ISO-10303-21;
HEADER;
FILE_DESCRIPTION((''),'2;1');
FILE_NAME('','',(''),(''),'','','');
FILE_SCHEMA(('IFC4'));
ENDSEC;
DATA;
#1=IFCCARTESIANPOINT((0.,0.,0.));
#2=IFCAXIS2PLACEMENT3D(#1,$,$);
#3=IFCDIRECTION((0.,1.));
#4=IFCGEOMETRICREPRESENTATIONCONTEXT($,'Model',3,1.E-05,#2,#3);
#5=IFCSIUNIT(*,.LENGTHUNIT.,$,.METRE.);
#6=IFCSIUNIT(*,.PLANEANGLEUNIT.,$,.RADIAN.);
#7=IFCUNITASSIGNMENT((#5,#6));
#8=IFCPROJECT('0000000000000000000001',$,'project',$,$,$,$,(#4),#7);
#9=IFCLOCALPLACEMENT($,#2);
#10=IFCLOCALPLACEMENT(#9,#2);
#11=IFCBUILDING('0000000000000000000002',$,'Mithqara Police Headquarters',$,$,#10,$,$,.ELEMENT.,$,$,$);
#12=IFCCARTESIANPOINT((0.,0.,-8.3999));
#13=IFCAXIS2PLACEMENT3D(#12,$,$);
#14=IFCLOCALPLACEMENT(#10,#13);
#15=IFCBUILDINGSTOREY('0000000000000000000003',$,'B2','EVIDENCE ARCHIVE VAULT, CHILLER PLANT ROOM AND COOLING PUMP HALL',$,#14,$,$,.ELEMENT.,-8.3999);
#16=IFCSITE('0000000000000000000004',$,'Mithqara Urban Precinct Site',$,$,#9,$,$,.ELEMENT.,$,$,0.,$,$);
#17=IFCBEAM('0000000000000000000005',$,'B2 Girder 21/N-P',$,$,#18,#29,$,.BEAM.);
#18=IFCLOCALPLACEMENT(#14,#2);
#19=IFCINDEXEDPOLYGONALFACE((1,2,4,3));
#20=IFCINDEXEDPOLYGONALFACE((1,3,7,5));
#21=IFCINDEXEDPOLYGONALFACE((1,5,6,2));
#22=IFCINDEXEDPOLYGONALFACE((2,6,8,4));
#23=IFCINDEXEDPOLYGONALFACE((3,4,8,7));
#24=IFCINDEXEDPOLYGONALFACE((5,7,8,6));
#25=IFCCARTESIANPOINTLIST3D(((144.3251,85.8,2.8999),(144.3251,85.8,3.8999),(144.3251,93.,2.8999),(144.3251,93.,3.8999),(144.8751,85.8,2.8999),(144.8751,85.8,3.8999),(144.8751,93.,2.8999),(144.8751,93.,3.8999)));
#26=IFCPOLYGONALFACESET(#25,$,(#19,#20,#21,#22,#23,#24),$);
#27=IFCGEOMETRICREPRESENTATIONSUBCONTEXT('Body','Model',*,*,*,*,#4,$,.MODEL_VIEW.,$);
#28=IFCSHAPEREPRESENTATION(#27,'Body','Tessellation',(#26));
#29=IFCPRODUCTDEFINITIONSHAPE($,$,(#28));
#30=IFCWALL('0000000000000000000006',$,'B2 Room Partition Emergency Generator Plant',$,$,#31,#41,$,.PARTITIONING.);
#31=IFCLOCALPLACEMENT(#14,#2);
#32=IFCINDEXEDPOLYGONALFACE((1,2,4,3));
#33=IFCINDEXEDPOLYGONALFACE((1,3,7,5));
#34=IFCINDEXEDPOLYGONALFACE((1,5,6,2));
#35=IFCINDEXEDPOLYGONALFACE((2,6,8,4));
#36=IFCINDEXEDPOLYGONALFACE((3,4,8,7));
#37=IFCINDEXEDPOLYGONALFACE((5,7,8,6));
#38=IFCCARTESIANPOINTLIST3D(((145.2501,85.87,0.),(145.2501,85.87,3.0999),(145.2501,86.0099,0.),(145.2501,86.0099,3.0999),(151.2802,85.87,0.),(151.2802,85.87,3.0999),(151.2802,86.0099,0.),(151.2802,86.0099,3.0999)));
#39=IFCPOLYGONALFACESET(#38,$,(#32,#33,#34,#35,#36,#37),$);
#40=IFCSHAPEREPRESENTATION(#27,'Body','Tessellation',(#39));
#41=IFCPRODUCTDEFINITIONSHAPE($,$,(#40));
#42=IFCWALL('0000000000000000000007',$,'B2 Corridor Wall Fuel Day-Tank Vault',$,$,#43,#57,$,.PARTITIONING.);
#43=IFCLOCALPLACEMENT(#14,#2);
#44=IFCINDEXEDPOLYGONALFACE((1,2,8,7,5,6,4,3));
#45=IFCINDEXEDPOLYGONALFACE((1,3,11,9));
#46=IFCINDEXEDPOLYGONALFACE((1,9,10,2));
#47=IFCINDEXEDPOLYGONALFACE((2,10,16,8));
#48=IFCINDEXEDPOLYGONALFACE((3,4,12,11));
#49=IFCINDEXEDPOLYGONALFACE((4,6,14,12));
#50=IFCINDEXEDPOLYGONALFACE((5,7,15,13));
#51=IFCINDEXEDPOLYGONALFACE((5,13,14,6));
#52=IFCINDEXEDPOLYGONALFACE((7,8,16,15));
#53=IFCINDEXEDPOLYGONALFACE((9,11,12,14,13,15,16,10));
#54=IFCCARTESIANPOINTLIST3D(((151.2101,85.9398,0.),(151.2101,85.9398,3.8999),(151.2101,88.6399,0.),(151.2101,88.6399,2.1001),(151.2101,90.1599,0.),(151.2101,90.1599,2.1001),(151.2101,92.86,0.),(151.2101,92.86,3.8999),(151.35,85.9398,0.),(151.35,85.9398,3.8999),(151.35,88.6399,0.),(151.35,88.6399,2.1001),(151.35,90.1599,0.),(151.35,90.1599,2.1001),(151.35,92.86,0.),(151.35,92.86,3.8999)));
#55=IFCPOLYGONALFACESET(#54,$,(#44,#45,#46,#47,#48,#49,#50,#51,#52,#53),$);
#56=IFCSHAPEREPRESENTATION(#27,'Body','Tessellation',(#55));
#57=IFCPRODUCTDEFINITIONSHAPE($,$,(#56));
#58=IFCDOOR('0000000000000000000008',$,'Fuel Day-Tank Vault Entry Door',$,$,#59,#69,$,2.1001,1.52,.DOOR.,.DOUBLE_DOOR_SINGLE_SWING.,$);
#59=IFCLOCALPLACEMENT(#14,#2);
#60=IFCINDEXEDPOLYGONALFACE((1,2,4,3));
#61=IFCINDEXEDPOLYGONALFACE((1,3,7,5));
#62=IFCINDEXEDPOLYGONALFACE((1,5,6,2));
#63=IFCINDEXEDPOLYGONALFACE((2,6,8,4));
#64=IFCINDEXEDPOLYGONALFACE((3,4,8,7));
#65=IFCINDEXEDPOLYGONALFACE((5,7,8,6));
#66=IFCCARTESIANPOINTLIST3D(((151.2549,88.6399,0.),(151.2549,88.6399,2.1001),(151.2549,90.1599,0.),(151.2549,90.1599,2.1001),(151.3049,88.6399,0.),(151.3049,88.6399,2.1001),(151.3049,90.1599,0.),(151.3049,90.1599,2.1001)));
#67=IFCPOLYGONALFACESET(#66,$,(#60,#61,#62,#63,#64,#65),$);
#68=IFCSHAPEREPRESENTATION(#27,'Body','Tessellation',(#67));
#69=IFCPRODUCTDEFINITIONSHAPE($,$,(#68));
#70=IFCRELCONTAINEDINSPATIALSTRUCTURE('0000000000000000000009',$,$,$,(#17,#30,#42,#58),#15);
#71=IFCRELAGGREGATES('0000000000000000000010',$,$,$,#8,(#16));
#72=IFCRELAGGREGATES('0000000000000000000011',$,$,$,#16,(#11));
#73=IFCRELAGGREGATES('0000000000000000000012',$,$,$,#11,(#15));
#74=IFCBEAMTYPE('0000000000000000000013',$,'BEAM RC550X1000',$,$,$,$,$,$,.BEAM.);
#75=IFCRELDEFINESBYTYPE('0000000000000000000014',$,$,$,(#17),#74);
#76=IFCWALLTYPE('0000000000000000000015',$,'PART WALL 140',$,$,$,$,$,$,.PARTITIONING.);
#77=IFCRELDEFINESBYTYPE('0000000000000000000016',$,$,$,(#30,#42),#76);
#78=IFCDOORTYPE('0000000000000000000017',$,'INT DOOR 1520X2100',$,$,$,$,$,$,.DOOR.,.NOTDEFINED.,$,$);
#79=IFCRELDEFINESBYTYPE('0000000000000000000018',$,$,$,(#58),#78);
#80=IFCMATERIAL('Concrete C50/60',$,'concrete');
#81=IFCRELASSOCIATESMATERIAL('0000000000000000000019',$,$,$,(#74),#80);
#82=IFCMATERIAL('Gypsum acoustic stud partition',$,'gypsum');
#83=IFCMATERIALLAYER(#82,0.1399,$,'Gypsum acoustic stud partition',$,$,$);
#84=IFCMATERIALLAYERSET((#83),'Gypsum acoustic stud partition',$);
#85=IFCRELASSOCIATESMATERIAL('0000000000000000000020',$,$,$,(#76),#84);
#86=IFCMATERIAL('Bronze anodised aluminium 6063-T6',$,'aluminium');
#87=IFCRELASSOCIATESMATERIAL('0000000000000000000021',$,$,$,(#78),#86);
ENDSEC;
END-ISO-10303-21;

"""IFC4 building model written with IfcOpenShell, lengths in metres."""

from ifc_helpers import new_model, si_unit, direction, frame, frame_2d, origin, origin_2d, place, context, subcontext, project, spatial, rectangle, extrude, material, layer, layer_set, material_profile, profile_set, type_object, element, fill, save


model = new_model("IFC4")

# Units and contexts
model_context = context("Model", 3, precision=1e-05, world=origin(), true_north=direction((0.0, 1.0)))
body_context = subcontext(model_context, "Body", "Model", "MODEL_VIEW")
ifc_project = project(units=[si_unit("LENGTHUNIT", "METRE"), si_unit("PLANEANGLEUNIT", "RADIAN")], contexts=[model_context])

# Site, building, storey
site_placement = place(None, origin())
site = spatial("IfcSite", under=ifc_project, at=site_placement, Name="Mithqara Urban Precinct Site", CompositionType="ELEMENT", RefElevation=0.0)
building_placement = place(site_placement, origin())
building = spatial("IfcBuilding", under=site, at=building_placement, Name="Mithqara Police Headquarters", CompositionType="ELEMENT")
storey_placement = place(building_placement, frame((0.0, 0.0, -8.3999)))
storey = spatial("IfcBuildingStorey", under=building, at=storey_placement, Name="B2", Description="EVIDENCE ARCHIVE VAULT, CHILLER PLANT ROOM AND COOLING PUMP HALL", CompositionType="ELEMENT", Elevation=-8.3999)

# Shared definitions
ifc_material_1 = material(Name="Concrete C50/60", Category="concrete")

# Beam
ifc_material_profile_1 = material_profile(ifc_material_1, rectangle(XDim=0.55, YDim=1.0, at=origin_2d()), Name="RC 550x1000")
ifc_profile_set_1 = profile_set([ifc_material_profile_1], Name="Concrete C50/60")
beam_type_1 = type_object("IfcBeamType", Name="BEAM RC550X1000", PredefinedType="BEAM", material=ifc_profile_set_1)
beam_1_placement = place(storey_placement, frame((144.6001, 85.8, 3.3999), z_axis=(0.0, 1.0, 0.0), x_axis=(-1.0, 0.0, 0.0)))
element("IfcBeam", 1, at=beam_1_placement, inside=storey, type_object=beam_type_1, Name="B2 Girder 21/N-P", PredefinedType="BEAM", context=body_context, shape_type="SweptSolid", body=[
    extrude(rectangle(XDim=0.55, YDim=1.0, at=origin_2d()), origin(), (0.0, 0.0, 1.0), 7.2),
])

# Wall
ifc_material_2 = material(Name="Gypsum acoustic stud partition", Category="gypsum")
ifc_layer = layer(ifc_material_2, 0.1399, Name="Gypsum acoustic stud partition")
ifc_layer_set = layer_set([ifc_layer], Name="Gypsum acoustic stud partition")
wall_type = type_object("IfcWallType", Name="PART WALL 140", PredefinedType="PARTITIONING", material=ifc_layer_set)
wall_1_placement = place(storey_placement, frame((145.25, 85.9399, 0.0), z_axis=(0.0, 0.0, 1.0), x_axis=(1.0, 0.0, 0.0)))
element("IfcWall", 2, at=wall_1_placement, inside=storey, type_object=wall_type, Name="B2 Room Partition Emergency Generator Plant", PredefinedType="PARTITIONING", context=body_context, shape_type="SweptSolid", body=[
    extrude(rectangle(XDim=6.03, YDim=0.1399, at=frame_2d((3.0151, 0.0))), origin(), (0.0, 0.0, 1.0), 3.0999),
])

# Wall, opening, door
wall_2_placement = place(storey_placement, frame((151.28, 85.9399, 0.0), z_axis=(0.0, 0.0, 1.0), x_axis=(0.0, 1.0, 0.0)))
wall_2 = element("IfcWall", 3, at=wall_2_placement, inside=storey, type_object=wall_type, Name="B2 Corridor Wall Fuel Day-Tank Vault", PredefinedType="PARTITIONING", context=body_context, shape_type="SweptSolid", body=[
    extrude(rectangle(XDim=6.9202, YDim=0.1399, at=frame_2d((3.46, 0.0))), origin(), (0.0, 0.0, 1.0), 3.8999),
])
opening_placement = place(wall_2_placement, frame((2.7, 0.0, 0.0)))
opening = element("IfcOpeningElement", 4, at=opening_placement, cuts=wall_2, PredefinedType="OPENING", context=body_context, shape_type="SweptSolid", body=[
    extrude(rectangle(XDim=1.52, YDim=2.1001, at=frame_2d((0.76, 1.05))), frame((0.0, 0.0801, 0.0), z_axis=(0.0, -1.0, 0.0), x_axis=(1.0, 0.0, 0.0)), (0.0, 0.0, 1.0), 0.1599),
])
ifc_material_3 = material(Name="Bronze anodised aluminium 6063-T6", Category="aluminium")
door_type = type_object("IfcDoorType", Name="INT DOOR 1520X2100", OperationType="NOTDEFINED", PredefinedType="DOOR", material=ifc_material_3)
door_placement = place(opening_placement, frame((1.52, 0.0, 0.0), z_axis=(0.0, 0.0, 1.0), x_axis=(-1.0, 0.0, 0.0)))
door = element("IfcDoor", 5, at=door_placement, inside=storey, type_object=door_type, Name="Fuel Day-Tank Vault Entry Door", OperationType="DOUBLE_DOOR_SINGLE_SWING", OverallHeight=2.1001, OverallWidth=1.52, PredefinedType="DOOR", context=body_context, shape_type="SweptSolid", body=[
    extrude(rectangle(XDim=1.52, YDim=2.1001, at=frame_2d((0.76, 1.05))), frame((0.0, 0.0249, 0.0), z_axis=(0.0, -1.0, 0.0), x_axis=(1.0, 0.0, 0.0)), (0.0, 0.0, 1.0), 0.05),
])
fill(opening, door)

save(model, "model.ifc")
